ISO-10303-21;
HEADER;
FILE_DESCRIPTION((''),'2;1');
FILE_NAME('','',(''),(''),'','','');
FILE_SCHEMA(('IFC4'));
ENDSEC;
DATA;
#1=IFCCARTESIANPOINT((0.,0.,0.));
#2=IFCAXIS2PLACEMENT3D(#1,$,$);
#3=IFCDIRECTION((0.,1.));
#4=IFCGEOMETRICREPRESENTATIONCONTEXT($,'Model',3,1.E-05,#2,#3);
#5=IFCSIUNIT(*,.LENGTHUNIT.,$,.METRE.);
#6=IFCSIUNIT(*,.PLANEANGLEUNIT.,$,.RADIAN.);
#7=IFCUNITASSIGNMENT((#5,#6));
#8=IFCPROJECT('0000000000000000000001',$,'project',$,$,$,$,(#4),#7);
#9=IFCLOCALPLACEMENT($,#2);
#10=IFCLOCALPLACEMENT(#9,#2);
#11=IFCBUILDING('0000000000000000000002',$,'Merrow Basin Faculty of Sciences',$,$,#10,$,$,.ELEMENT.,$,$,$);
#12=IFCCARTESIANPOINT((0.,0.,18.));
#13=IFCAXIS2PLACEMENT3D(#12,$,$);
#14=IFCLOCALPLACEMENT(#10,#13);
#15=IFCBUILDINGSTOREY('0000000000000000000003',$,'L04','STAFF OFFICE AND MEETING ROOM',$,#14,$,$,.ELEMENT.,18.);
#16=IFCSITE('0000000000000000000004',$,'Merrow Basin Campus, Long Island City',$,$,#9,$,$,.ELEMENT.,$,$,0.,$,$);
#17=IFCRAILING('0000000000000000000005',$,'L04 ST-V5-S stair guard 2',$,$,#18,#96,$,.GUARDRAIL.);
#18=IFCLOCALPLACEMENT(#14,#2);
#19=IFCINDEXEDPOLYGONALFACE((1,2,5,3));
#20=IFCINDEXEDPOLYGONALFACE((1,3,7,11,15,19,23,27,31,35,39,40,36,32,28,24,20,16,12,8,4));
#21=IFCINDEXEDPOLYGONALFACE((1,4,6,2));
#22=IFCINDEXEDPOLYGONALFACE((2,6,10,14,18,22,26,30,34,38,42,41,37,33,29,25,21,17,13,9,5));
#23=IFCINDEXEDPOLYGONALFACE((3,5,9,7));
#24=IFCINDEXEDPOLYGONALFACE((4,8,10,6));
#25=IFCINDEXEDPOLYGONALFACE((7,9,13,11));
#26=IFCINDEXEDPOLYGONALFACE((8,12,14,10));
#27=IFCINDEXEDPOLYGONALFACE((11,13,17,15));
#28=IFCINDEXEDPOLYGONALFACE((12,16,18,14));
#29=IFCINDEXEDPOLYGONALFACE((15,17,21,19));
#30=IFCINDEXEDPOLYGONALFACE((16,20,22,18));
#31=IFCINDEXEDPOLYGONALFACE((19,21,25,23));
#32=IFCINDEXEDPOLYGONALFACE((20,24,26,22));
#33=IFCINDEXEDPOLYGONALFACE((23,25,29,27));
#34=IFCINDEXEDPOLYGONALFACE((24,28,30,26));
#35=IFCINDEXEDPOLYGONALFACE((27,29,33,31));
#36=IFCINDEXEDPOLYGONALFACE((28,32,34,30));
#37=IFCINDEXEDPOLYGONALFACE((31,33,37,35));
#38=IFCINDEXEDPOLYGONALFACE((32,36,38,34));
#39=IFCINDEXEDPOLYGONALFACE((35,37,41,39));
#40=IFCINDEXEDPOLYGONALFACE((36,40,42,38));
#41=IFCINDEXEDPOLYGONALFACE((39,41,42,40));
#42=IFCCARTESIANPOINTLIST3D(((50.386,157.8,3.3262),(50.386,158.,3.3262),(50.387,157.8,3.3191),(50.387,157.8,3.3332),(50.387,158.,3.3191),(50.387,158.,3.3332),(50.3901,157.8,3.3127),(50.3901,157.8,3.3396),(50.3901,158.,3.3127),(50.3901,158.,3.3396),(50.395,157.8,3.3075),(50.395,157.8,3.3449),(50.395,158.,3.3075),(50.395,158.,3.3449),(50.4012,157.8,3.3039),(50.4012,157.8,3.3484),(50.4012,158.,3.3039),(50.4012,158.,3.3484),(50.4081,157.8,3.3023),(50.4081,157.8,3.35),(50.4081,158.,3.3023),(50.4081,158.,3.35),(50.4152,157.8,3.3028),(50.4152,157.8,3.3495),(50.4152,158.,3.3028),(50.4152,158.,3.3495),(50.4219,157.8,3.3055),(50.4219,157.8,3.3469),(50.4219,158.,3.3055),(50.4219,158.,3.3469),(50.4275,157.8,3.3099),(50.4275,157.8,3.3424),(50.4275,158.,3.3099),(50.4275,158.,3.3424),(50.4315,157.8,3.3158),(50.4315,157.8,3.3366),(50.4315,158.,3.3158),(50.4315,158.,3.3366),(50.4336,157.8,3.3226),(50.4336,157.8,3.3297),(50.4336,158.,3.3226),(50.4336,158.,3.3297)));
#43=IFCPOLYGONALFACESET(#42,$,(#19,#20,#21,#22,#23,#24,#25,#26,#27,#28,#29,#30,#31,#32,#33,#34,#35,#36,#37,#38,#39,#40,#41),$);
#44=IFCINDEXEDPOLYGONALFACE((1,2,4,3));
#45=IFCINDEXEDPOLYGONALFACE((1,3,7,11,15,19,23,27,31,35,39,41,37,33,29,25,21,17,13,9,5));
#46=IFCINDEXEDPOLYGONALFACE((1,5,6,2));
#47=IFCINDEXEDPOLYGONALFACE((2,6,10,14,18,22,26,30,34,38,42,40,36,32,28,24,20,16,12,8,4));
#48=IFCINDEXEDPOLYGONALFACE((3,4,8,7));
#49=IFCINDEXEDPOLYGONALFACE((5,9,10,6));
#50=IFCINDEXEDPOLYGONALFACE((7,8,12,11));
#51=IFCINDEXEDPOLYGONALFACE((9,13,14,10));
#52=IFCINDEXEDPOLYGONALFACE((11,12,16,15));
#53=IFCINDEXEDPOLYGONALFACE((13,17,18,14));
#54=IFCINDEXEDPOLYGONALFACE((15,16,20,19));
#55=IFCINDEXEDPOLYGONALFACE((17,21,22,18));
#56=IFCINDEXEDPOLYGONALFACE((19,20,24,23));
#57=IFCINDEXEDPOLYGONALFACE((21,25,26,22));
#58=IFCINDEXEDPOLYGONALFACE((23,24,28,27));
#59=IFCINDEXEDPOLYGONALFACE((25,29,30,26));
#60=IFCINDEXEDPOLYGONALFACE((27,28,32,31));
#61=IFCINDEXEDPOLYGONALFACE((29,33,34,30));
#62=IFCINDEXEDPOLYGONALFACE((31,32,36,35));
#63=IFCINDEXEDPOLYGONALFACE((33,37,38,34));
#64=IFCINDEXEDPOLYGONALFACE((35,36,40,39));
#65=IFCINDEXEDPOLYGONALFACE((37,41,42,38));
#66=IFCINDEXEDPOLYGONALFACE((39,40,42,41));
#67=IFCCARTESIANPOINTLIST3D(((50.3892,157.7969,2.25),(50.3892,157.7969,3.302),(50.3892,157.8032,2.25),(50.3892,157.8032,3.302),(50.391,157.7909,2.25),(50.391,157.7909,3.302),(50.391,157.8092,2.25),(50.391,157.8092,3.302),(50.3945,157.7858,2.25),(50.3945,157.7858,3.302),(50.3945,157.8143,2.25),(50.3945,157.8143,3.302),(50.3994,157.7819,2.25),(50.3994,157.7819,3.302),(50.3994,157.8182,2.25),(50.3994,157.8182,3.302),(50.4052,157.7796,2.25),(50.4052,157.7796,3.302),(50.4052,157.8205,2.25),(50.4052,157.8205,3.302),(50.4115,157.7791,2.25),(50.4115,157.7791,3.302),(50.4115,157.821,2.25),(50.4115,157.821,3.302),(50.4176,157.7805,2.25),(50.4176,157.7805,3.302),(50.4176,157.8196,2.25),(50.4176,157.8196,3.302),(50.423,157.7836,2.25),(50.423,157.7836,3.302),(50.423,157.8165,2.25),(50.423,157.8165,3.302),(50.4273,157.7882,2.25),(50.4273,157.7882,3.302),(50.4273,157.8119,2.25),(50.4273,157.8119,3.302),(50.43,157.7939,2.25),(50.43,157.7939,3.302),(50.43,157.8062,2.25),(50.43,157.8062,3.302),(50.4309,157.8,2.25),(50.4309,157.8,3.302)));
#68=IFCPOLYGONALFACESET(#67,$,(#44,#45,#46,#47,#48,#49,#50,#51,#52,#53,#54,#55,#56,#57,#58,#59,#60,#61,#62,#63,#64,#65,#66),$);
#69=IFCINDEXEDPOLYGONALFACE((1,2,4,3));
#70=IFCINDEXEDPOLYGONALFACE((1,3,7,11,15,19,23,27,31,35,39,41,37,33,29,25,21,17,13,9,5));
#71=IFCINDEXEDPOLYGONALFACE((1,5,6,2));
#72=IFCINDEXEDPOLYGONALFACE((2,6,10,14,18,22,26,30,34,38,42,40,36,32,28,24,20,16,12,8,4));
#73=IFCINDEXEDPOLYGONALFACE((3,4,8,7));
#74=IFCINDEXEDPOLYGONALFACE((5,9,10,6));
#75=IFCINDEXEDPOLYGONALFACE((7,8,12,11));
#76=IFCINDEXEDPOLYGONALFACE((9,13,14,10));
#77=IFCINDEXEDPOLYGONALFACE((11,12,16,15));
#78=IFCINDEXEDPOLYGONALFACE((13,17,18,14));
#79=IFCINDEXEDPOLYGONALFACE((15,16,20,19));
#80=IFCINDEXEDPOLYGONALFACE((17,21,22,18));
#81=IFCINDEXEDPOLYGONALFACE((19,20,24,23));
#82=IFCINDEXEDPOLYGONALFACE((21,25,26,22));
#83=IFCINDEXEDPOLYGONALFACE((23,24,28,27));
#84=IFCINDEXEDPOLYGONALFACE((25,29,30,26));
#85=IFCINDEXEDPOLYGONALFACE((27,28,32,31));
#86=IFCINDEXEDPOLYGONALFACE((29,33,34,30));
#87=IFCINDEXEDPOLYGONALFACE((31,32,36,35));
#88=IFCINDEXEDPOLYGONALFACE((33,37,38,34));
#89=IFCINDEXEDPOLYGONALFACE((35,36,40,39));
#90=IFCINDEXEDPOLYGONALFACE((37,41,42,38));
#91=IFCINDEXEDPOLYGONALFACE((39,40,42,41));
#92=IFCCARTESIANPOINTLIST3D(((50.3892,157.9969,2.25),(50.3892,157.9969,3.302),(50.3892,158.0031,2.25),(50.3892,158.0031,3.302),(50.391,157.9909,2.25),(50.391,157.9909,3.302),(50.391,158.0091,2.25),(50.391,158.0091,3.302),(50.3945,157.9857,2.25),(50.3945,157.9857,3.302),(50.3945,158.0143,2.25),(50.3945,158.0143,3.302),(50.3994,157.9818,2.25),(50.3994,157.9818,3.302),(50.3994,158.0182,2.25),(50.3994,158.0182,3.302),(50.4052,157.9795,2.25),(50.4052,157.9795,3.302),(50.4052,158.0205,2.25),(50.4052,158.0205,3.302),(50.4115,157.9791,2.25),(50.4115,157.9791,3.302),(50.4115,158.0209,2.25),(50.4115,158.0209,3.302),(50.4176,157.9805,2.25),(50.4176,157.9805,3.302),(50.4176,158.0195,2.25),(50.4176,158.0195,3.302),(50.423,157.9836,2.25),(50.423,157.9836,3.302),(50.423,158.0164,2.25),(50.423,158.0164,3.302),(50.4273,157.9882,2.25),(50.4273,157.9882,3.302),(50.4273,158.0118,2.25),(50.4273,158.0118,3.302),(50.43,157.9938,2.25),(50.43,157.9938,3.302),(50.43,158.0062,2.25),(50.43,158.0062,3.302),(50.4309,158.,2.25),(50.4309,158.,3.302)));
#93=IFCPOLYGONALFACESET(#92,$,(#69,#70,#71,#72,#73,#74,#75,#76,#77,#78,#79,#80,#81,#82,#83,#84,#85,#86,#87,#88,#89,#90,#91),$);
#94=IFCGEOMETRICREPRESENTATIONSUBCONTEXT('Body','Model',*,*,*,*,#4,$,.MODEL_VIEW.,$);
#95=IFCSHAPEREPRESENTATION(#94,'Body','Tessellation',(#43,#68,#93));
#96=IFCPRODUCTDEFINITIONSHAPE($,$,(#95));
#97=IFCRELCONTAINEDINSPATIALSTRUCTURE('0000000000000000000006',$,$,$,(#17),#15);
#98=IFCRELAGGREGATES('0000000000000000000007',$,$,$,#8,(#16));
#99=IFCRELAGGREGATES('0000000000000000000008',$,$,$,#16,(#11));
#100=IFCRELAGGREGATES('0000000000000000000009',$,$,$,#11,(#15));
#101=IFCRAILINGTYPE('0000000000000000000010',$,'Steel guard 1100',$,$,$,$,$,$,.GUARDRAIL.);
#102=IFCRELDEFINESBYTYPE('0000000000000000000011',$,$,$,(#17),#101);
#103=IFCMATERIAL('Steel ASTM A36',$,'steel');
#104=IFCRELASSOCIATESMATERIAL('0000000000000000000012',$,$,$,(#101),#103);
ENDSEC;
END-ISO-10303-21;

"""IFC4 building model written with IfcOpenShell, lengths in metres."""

from ifc_helpers import new_model, si_unit, direction, frame, origin, origin_2d, place, context, subcontext, project, spatial, circle, extrude, material, type_object, element, save


model = new_model("IFC4")

# Units and contexts
model_context = context("Model", 3, precision=1e-05, world=origin(), true_north=direction((0.0, 1.0)))
body_context = subcontext(model_context, "Body", "Model", "MODEL_VIEW")
ifc_project = project(units=[si_unit("LENGTHUNIT", "METRE"), si_unit("PLANEANGLEUNIT", "RADIAN")], contexts=[model_context])

# Site, building, storey
site_placement = place(None, origin())
site = spatial("IfcSite", under=ifc_project, at=site_placement, Name="Merrow Basin Campus, Long Island City", CompositionType="ELEMENT", RefElevation=0.0)
building_placement = place(site_placement, origin())
building = spatial("IfcBuilding", under=site, at=building_placement, Name="Merrow Basin Faculty of Sciences", CompositionType="ELEMENT")
storey_placement = place(building_placement, frame((0.0, 0.0, 18.0)))
storey = spatial("IfcBuildingStorey", under=building, at=storey_placement, Name="L04", Description="STAFF OFFICE AND MEETING ROOM", CompositionType="ELEMENT", Elevation=18.0)

# Railing
ifc_material_1 = material(Name="Steel ASTM A36", Category="steel")
railing_type_1 = type_object("IfcRailingType", Name="Steel guard 1100", PredefinedType="GUARDRAIL", material=ifc_material_1)
railing_1_placement = place(storey_placement, frame((50.4099, 157.8, 2.25)))
element("IfcRailing", 1, at=railing_1_placement, inside=storey, type_object=railing_type_1, Name="L04 ST-V5-S stair guard 2", PredefinedType="GUARDRAIL", context=body_context, shape_type="SweptSolid", body=[
    extrude(circle(Radius=0.0239, at=origin_2d()), frame((0.0, 0.0, 1.0762), z_axis=(0.0, 1.0, 0.0), x_axis=(-1.0, 0.0, 0.0)), (0.0, 0.0, 1.0), 0.2),
    extrude(circle(Radius=0.021, at=origin_2d()), origin(), (0.0, 0.0, 1.0), 1.052),
    extrude(circle(Radius=0.021, at=origin_2d()), frame((0.0, 0.2, 0.0)), (0.0, 0.0, 1.0), 1.052),
])

save(model, "model.ifc")
